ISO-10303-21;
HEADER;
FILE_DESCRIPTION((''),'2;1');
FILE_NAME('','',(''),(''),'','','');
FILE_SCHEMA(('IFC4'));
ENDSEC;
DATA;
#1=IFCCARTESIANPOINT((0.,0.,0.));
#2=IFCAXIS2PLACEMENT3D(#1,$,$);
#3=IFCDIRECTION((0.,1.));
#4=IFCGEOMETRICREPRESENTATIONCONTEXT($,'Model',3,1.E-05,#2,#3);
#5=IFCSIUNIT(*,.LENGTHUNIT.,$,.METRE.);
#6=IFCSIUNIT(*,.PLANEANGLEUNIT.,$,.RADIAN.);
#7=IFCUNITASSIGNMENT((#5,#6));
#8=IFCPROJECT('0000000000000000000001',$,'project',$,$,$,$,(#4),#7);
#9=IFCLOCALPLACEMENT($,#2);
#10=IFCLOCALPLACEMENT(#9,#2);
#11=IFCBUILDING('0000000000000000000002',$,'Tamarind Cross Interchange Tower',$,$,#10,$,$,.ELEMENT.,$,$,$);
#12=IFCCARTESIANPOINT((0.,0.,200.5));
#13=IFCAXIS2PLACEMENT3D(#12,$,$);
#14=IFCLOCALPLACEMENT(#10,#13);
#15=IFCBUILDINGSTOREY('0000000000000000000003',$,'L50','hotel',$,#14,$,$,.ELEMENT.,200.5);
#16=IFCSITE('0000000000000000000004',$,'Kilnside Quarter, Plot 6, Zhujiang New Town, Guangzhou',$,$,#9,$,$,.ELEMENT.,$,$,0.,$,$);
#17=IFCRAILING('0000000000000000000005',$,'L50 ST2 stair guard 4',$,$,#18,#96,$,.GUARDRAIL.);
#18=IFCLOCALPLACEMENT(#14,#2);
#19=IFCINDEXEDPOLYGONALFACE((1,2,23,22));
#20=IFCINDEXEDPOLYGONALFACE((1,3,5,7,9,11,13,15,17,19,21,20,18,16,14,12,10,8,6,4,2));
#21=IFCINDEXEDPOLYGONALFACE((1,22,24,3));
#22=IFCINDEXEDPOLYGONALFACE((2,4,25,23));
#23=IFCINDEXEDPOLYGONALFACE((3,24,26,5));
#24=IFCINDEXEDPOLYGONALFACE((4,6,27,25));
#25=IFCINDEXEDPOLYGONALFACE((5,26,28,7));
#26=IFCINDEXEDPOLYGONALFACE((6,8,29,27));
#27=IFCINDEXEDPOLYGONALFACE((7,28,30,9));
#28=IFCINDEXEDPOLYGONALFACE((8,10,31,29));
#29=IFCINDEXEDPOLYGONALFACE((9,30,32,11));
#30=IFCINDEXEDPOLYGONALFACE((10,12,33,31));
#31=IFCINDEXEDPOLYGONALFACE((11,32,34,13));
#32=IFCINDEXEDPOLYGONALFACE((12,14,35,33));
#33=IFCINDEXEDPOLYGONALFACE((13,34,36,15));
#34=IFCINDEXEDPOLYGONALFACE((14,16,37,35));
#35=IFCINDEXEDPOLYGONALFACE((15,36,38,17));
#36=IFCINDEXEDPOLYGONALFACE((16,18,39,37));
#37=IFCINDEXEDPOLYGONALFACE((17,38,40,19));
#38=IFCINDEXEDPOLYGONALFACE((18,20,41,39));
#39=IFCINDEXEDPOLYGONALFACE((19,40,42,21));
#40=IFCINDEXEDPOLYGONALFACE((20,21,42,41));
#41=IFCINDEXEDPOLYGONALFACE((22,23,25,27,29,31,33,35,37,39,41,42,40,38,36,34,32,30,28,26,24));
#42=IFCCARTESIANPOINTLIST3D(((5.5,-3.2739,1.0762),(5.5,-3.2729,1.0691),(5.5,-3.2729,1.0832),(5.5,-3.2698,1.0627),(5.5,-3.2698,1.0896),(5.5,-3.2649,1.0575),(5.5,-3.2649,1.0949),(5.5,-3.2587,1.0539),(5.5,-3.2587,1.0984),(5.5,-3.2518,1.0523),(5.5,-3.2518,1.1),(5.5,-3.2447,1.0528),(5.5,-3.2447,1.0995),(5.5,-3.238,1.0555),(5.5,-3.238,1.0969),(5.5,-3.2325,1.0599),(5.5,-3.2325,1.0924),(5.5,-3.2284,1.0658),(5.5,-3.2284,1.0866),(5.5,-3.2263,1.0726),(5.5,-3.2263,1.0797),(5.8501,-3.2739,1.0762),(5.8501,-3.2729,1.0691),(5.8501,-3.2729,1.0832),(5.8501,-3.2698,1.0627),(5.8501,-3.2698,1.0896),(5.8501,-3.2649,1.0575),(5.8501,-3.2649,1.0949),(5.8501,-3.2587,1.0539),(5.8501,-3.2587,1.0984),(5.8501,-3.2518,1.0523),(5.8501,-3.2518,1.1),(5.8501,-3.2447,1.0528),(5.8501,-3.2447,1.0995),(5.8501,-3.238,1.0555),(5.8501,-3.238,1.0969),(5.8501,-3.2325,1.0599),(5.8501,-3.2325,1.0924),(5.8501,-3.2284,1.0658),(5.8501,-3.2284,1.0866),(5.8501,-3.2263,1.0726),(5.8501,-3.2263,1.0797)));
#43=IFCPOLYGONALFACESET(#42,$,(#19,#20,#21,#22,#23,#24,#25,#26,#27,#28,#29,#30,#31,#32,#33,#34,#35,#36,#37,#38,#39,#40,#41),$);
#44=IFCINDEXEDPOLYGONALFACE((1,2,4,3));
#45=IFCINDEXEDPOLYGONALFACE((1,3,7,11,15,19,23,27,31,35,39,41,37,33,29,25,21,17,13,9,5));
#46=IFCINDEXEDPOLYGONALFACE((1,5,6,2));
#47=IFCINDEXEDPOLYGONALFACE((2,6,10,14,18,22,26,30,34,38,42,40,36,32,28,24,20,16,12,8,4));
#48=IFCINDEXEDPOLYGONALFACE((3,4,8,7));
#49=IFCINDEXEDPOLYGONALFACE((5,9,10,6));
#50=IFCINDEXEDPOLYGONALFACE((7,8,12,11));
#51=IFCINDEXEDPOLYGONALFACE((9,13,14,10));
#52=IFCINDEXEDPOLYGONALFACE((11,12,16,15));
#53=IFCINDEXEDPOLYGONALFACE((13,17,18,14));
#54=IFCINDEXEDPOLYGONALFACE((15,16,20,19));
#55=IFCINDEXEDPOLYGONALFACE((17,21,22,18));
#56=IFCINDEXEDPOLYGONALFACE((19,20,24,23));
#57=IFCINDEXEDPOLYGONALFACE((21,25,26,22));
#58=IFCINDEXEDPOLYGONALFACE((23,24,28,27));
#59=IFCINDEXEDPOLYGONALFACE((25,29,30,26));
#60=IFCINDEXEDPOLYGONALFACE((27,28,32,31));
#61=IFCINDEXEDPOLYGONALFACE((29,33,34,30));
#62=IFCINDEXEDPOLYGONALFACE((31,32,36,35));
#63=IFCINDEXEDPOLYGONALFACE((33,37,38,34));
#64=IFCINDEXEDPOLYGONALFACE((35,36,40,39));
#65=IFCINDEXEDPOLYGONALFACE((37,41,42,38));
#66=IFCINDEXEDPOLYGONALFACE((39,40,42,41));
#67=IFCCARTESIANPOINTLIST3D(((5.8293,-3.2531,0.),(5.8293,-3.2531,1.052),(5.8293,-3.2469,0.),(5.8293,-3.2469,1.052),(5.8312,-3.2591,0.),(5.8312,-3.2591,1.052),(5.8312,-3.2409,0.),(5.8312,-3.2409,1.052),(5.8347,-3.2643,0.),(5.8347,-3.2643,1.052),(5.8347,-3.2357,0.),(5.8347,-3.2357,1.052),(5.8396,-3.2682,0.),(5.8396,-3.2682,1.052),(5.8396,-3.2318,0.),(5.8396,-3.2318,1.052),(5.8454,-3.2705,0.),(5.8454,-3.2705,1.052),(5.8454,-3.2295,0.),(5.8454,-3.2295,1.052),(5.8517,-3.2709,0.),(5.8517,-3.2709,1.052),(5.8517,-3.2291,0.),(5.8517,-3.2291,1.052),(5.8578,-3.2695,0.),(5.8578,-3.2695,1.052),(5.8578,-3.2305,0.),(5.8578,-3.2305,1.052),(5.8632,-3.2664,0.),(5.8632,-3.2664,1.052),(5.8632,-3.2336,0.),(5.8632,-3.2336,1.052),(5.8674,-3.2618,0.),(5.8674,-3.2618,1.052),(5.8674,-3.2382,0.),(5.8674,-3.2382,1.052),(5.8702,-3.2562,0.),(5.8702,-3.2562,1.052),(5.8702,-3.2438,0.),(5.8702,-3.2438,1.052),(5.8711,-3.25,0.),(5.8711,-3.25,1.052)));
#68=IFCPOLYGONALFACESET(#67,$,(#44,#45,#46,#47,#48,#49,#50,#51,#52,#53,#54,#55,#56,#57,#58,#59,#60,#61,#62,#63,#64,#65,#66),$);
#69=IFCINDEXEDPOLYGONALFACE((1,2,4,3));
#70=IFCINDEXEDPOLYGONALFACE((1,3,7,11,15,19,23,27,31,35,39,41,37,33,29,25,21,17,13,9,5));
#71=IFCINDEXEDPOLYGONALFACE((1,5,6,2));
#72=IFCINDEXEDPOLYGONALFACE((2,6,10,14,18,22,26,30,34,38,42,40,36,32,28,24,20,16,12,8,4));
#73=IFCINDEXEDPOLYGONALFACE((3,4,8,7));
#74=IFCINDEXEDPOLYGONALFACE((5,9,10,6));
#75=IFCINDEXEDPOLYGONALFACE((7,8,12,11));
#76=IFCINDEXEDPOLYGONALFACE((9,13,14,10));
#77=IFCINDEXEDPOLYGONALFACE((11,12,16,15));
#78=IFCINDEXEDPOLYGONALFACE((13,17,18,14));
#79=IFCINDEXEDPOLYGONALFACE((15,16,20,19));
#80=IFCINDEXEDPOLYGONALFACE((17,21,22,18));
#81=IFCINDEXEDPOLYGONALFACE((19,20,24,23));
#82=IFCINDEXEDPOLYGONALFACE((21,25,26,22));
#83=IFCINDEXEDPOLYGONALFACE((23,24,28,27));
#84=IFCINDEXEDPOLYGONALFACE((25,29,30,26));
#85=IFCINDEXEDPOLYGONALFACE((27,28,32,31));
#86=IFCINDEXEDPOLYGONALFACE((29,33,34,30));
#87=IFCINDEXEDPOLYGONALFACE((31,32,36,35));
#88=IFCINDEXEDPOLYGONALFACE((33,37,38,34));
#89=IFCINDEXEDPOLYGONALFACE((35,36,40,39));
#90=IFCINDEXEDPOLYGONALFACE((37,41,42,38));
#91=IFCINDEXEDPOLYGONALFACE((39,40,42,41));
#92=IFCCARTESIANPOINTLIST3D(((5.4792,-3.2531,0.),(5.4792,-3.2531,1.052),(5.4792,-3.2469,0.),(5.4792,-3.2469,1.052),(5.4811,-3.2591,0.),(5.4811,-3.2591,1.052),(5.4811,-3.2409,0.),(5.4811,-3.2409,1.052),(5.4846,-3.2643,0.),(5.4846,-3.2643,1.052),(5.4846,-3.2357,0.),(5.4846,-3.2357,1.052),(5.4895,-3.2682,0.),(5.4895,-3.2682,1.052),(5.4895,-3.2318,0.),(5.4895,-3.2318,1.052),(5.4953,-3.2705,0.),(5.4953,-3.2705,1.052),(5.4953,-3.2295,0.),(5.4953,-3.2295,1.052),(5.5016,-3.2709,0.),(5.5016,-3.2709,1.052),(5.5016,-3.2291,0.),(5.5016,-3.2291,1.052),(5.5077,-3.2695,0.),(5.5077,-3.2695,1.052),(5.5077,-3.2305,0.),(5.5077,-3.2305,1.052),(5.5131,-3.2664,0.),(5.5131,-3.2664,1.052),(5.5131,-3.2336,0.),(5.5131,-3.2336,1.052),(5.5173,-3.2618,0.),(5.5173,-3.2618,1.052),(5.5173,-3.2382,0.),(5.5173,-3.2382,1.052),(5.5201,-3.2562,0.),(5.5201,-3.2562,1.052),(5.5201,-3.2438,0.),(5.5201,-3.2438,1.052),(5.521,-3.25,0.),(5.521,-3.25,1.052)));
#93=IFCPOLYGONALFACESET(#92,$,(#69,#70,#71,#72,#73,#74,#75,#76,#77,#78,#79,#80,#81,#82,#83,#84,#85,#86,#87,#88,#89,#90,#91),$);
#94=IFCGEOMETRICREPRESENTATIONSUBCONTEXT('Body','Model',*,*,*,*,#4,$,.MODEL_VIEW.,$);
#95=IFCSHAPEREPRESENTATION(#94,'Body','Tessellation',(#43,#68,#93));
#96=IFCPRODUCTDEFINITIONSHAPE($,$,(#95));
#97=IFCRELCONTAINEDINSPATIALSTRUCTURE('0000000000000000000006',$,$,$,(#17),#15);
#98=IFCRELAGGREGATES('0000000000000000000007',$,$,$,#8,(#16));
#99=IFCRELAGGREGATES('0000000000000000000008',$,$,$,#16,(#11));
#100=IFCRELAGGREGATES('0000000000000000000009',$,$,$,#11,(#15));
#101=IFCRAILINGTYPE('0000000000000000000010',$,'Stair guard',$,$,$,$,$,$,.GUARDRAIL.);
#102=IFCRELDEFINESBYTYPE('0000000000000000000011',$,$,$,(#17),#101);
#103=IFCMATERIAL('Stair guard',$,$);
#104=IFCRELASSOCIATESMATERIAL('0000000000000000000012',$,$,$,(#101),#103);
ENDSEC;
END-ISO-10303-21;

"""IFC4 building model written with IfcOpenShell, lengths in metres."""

from ifc_helpers import new_model, si_unit, direction, frame, origin, origin_2d, place, context, subcontext, project, spatial, circle, extrude, material, type_object, element, save


model = new_model("IFC4")

# Units and contexts
model_context = context("Model", 3, precision=1e-05, world=origin(), true_north=direction((0.0, 1.0)))
body_context = subcontext(model_context, "Body", "Model", "MODEL_VIEW")
ifc_project = project(units=[si_unit("LENGTHUNIT", "METRE"), si_unit("PLANEANGLEUNIT", "RADIAN")], contexts=[model_context])

# Site, building, storey
site_placement = place(None, origin())
site = spatial("IfcSite", under=ifc_project, at=site_placement, Name="Kilnside Quarter, Plot 6, Zhujiang New Town, Guangzhou", CompositionType="ELEMENT", RefElevation=0.0)
building_placement = place(site_placement, origin())
building = spatial("IfcBuilding", under=site, at=building_placement, Name="Tamarind Cross Interchange Tower", CompositionType="ELEMENT")
storey_placement = place(building_placement, frame((0.0, 0.0, 200.5)))
storey = spatial("IfcBuildingStorey", under=building, at=storey_placement, Name="L50", Description="hotel", CompositionType="ELEMENT", Elevation=200.5)

# Railing
ifc_material_1 = material(Name="Stair guard")
railing_type_1 = type_object("IfcRailingType", Name="Stair guard", PredefinedType="GUARDRAIL", material=ifc_material_1)
railing_1_placement = place(storey_placement, frame((5.8501, -3.25, 0.0)))
element("IfcRailing", 1, at=railing_1_placement, inside=storey, type_object=railing_type_1, Name="L50 ST2 stair guard 4", PredefinedType="GUARDRAIL", context=body_context, shape_type="SweptSolid", body=[
    extrude(circle(Radius=0.0239, at=origin_2d()), frame((0.0, 0.0, 1.0762), z_axis=(-1.0, 0.0, 0.0), x_axis=(0.0, -1.0, 0.0)), (0.0, 0.0, 1.0), 0.3501),
    extrude(circle(Radius=0.021, at=origin_2d()), origin(), (0.0, 0.0, 1.0), 1.052),
    extrude(circle(Radius=0.021, at=origin_2d()), frame((-0.3501, 0.0, 0.0)), (0.0, 0.0, 1.0), 1.052),
])

save(model, "model.ifc")
